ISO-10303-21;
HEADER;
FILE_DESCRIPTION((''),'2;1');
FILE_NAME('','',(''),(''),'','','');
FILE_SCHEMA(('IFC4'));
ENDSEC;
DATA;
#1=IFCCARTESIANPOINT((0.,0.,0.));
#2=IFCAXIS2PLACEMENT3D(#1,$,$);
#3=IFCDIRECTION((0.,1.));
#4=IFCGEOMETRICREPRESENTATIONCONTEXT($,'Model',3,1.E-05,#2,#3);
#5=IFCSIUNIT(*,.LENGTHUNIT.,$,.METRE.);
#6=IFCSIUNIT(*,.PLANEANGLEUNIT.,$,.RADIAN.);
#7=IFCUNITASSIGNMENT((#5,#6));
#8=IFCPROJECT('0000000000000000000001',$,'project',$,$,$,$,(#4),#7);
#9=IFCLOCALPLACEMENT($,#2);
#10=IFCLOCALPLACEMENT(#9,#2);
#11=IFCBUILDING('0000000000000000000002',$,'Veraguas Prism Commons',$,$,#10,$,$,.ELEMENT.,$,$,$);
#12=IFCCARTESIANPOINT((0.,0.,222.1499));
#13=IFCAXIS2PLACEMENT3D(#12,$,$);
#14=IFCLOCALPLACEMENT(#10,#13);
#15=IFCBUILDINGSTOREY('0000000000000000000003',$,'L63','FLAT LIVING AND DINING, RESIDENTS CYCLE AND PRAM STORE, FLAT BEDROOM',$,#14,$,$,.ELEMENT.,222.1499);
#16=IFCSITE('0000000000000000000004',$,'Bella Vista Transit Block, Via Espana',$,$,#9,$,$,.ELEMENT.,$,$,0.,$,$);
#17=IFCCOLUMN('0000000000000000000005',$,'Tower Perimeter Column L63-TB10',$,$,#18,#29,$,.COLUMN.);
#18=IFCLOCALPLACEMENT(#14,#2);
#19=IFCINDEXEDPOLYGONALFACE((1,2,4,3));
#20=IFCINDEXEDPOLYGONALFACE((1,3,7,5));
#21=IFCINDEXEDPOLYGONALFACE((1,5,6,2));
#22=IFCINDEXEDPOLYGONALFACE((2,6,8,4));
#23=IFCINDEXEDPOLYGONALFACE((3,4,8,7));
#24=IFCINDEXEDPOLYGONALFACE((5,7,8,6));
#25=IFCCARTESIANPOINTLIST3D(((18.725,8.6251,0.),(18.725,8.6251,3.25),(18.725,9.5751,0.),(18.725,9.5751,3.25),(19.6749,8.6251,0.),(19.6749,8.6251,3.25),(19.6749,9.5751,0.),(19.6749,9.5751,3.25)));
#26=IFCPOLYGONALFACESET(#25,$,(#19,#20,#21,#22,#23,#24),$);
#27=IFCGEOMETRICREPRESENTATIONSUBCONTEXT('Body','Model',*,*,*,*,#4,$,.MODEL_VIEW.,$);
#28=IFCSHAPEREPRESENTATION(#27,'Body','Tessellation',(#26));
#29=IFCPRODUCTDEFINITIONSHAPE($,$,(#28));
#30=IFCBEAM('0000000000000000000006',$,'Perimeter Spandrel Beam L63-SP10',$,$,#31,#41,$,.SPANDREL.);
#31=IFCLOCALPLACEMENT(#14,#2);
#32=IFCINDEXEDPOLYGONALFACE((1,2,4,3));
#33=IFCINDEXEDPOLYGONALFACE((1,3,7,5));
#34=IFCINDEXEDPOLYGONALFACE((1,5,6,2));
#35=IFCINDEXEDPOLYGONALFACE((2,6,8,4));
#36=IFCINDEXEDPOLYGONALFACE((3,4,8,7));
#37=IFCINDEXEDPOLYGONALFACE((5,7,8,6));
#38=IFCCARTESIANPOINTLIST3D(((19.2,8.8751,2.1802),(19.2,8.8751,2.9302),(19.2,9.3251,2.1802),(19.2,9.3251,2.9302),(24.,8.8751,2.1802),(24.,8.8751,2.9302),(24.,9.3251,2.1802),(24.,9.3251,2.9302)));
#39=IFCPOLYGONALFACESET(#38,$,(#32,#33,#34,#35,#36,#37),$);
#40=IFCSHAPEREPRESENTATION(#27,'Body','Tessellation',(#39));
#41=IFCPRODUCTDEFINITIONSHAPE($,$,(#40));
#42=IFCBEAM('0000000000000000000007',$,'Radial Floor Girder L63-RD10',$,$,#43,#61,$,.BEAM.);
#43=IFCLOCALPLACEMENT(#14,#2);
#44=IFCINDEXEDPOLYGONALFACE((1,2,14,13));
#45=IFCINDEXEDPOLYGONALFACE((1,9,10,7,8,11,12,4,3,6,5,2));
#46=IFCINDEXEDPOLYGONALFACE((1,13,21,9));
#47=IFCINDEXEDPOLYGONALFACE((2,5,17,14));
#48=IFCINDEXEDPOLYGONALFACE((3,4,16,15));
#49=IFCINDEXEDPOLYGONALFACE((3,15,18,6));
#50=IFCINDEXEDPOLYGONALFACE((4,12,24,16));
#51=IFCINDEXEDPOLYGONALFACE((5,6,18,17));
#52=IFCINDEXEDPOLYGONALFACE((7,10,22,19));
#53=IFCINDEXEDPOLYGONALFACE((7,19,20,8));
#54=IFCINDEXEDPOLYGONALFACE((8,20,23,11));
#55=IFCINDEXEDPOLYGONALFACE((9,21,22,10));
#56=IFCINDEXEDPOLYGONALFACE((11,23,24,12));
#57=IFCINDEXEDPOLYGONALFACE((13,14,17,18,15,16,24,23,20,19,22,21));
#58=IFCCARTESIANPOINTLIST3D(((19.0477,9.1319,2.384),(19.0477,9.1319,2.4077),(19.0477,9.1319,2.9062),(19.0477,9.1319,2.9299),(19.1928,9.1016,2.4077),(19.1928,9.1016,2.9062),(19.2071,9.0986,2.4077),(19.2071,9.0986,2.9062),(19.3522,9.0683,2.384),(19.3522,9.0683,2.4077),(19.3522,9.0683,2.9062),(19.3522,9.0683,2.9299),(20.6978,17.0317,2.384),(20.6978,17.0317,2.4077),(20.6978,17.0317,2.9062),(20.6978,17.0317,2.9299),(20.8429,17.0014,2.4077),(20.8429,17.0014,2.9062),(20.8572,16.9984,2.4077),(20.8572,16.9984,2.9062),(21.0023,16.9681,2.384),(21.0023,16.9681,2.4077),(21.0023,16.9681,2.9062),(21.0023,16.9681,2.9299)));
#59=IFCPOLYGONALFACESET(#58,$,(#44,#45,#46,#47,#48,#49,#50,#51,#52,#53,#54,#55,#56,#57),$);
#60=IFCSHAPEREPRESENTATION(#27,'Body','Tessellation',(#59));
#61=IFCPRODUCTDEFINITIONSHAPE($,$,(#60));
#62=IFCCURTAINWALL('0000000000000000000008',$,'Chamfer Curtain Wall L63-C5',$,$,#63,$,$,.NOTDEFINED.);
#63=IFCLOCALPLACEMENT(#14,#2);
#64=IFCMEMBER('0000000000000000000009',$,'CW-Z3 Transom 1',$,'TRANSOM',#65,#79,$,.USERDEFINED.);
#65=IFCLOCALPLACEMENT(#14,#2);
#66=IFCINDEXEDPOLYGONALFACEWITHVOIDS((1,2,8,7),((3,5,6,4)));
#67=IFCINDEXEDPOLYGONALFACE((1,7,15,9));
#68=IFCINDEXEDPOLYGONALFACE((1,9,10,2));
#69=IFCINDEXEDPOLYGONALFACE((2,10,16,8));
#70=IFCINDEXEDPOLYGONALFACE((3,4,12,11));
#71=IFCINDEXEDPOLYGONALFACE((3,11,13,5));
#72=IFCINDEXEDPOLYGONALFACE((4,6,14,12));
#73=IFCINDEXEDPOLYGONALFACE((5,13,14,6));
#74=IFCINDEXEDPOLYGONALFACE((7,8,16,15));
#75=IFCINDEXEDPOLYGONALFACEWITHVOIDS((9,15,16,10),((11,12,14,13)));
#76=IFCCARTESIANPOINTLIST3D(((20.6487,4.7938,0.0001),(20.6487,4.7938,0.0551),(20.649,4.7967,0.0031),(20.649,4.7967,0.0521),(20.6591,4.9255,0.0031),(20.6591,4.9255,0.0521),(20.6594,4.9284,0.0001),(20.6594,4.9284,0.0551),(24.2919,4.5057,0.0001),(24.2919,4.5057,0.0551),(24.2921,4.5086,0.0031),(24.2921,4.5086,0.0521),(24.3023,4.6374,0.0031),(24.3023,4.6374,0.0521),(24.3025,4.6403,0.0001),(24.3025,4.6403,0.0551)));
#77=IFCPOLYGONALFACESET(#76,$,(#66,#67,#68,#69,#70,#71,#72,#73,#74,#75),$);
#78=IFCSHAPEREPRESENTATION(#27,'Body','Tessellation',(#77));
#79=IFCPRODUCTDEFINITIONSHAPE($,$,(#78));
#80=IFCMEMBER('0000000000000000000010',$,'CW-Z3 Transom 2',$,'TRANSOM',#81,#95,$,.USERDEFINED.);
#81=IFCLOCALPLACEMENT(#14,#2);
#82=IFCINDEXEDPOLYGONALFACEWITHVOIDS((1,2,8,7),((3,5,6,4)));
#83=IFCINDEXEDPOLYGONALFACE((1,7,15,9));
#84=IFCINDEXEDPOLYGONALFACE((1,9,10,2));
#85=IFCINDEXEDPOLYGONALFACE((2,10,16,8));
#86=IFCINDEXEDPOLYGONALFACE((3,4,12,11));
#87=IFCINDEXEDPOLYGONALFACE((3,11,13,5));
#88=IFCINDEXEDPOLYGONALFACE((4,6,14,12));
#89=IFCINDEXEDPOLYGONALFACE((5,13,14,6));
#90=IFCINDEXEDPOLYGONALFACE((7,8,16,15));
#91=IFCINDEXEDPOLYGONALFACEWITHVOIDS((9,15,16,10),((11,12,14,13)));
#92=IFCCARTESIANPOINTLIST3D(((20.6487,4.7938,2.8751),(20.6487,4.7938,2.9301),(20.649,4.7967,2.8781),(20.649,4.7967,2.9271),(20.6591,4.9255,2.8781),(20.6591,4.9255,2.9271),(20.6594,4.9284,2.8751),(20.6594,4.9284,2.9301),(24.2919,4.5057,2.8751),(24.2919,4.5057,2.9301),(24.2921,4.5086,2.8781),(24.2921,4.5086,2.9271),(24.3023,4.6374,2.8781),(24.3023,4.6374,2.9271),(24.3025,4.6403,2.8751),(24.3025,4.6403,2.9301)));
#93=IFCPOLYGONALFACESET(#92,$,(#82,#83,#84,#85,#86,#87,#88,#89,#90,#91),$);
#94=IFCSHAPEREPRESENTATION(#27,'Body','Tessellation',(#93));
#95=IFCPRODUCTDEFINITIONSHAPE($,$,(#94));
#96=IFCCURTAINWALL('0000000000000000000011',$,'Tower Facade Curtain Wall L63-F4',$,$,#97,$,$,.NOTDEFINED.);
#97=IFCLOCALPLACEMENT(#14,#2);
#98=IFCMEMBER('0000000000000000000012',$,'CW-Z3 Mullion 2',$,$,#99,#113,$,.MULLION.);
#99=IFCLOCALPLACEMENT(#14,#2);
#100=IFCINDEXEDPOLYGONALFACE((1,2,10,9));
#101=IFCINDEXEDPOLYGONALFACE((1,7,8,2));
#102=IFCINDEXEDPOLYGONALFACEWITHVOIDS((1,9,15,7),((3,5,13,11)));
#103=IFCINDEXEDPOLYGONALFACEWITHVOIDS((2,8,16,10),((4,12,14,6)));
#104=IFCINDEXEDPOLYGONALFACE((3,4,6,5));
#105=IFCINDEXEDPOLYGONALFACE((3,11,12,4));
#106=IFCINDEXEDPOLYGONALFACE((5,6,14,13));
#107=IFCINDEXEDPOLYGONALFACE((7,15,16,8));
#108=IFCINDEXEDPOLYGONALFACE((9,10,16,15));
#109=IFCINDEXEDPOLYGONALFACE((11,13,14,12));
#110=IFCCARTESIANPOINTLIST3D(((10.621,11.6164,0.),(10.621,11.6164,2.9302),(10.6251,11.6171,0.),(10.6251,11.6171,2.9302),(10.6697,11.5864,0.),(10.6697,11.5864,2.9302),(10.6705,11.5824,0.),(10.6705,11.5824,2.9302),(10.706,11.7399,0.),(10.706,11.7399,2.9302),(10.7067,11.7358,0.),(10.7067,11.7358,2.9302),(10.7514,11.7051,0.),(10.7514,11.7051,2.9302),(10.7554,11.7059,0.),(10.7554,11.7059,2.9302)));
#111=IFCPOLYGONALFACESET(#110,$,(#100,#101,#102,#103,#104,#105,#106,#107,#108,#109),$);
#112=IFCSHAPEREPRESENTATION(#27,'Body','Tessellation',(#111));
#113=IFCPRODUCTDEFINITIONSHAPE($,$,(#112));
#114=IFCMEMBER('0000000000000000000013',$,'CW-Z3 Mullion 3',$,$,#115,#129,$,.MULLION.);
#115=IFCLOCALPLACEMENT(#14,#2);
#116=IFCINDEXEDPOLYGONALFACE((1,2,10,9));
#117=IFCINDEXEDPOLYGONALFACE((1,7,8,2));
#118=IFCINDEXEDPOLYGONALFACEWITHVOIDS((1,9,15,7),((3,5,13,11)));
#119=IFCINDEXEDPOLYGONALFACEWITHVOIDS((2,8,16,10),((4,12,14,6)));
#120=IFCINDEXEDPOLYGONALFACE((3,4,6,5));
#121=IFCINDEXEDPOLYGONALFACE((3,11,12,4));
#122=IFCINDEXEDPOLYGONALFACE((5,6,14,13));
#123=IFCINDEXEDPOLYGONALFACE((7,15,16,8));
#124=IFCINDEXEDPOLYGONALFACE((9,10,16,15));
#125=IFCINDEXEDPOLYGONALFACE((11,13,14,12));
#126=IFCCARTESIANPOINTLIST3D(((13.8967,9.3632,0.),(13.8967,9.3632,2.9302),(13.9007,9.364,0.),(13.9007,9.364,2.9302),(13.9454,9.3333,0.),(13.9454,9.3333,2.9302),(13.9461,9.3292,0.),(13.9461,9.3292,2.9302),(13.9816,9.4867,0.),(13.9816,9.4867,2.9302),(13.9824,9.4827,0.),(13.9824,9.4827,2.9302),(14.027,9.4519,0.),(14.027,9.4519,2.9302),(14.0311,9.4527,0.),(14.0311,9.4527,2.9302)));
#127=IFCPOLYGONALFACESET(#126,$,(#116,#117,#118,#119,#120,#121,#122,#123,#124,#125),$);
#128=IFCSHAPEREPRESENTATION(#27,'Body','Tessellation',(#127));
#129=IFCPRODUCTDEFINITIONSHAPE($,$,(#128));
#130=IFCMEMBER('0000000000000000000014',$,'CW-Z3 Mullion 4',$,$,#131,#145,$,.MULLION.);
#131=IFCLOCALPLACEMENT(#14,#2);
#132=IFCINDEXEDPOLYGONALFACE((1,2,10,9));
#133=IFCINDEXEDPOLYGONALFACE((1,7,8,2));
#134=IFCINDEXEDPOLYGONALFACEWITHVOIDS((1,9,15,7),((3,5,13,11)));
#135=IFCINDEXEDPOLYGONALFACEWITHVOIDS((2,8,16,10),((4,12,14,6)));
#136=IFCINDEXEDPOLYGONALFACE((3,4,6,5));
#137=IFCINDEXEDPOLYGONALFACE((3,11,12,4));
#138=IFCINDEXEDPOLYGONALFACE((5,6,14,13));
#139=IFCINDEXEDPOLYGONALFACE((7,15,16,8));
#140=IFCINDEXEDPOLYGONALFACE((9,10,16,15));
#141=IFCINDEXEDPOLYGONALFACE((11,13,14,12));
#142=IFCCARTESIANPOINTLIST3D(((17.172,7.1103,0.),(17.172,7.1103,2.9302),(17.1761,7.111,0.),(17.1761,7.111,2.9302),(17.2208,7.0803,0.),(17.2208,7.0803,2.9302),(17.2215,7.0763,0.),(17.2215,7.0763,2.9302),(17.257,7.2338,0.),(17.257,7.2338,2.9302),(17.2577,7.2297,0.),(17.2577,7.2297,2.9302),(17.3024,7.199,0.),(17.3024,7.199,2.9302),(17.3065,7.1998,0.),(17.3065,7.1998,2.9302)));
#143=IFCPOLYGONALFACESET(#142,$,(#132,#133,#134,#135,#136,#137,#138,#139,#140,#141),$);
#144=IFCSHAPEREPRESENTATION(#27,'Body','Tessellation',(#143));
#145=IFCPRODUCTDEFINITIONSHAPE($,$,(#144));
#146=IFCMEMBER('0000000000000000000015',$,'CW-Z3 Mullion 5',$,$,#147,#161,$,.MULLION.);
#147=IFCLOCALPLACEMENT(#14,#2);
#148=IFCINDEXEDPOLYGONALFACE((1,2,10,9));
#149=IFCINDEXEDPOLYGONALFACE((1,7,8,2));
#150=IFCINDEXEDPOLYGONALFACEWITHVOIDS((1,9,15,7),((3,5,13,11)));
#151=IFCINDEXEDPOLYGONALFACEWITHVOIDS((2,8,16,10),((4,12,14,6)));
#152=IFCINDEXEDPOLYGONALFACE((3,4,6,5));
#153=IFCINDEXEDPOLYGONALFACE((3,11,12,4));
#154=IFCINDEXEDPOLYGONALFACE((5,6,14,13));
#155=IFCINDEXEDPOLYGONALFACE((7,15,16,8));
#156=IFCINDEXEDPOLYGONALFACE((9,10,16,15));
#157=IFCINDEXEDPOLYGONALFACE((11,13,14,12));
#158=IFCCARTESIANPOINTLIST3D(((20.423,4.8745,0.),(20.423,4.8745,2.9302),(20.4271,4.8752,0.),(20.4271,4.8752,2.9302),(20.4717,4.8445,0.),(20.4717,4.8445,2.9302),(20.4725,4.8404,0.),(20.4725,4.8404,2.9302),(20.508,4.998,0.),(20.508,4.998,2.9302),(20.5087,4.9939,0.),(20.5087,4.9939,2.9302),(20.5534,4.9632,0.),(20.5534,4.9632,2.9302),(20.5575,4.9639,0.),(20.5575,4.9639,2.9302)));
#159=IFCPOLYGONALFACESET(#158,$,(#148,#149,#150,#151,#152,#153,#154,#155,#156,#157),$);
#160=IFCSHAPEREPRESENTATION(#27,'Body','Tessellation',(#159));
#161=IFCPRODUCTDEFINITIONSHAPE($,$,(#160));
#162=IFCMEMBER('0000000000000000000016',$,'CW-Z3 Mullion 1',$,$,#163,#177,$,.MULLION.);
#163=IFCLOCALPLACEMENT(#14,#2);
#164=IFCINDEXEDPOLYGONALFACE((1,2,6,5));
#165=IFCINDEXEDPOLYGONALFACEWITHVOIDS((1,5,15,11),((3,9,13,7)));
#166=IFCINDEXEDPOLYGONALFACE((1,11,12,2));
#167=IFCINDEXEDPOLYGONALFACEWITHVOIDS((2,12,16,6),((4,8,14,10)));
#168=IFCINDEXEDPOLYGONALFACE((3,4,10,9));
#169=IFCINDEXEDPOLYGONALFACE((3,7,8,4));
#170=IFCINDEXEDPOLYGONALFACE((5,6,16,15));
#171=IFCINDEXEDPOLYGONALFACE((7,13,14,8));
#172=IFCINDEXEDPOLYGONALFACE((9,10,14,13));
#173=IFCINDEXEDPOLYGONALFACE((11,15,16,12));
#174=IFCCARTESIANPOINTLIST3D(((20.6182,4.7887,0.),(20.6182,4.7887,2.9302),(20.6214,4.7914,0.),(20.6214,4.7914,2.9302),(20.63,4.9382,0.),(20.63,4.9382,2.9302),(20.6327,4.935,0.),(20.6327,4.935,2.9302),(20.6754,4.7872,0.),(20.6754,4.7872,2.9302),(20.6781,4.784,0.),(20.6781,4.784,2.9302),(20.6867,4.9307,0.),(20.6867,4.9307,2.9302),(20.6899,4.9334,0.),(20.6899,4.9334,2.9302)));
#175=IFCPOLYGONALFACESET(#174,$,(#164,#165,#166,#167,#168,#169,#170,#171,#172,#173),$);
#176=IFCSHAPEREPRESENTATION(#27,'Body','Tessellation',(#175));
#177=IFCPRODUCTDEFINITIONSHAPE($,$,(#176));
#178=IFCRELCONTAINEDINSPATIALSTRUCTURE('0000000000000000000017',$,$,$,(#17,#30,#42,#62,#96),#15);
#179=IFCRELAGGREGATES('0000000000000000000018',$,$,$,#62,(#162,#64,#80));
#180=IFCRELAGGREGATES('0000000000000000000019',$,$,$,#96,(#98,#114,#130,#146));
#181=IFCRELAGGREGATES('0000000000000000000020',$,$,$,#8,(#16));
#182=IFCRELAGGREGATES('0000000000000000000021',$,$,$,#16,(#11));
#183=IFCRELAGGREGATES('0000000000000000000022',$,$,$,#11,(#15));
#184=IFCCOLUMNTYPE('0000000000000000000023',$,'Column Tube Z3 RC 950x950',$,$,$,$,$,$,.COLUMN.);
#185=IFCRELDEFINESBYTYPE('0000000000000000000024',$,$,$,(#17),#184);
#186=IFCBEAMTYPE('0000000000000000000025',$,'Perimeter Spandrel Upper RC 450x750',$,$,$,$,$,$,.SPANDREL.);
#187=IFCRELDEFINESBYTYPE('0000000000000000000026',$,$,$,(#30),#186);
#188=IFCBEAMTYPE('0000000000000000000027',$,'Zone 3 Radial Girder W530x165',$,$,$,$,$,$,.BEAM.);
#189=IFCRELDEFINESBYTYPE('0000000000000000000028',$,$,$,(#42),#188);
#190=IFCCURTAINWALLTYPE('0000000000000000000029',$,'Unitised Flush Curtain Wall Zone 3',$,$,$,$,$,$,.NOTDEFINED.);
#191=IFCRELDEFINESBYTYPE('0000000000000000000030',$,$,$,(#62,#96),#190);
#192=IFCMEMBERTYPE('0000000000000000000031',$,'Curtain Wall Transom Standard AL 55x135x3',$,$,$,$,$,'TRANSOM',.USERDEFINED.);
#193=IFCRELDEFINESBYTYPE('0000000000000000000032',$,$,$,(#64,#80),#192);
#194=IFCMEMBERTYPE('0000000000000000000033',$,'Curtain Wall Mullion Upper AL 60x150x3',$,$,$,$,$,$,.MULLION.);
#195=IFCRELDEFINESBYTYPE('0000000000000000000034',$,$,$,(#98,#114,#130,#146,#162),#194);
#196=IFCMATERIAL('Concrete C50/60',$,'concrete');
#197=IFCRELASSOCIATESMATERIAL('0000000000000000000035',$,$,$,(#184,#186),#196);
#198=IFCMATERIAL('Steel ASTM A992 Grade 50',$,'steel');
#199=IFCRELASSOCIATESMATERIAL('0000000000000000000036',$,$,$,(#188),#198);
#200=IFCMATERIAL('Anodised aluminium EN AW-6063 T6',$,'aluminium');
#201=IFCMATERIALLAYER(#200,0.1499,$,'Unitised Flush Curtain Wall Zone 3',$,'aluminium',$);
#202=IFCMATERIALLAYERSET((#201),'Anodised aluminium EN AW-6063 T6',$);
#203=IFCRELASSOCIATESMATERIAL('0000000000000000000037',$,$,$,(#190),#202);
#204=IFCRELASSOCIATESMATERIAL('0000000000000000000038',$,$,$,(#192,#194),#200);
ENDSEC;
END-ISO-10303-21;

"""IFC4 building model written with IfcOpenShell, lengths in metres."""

from ifc_helpers import new_model, si_unit, direction, frame, origin, origin_2d, place, context, subcontext, project, spatial, rectangle, hollow_rectangle, i_section, extrude, source, transform, mapped, material, layer, layer_set, material_profile, profile_set, type_object, element, aggregate, save


model = new_model("IFC4")

# Units and contexts
model_context = context("Model", 3, precision=1e-05, world=origin(), true_north=direction((0.0, 1.0)))
body_context = subcontext(model_context, "Body", "Model", "MODEL_VIEW")
ifc_project = project(units=[si_unit("LENGTHUNIT", "METRE"), si_unit("PLANEANGLEUNIT", "RADIAN")], contexts=[model_context])

# Site, building, storey
site_placement = place(None, origin())
site = spatial("IfcSite", under=ifc_project, at=site_placement, Name="Bella Vista Transit Block, Via Espana", CompositionType="ELEMENT", RefElevation=0.0)
building_placement = place(site_placement, origin())
building = spatial("IfcBuilding", under=site, at=building_placement, Name="Veraguas Prism Commons", CompositionType="ELEMENT")
storey_placement = place(building_placement, frame((0.0, 0.0, 222.1499)))
storey = spatial("IfcBuildingStorey", under=building, at=storey_placement, Name="L63", Description="FLAT LIVING AND DINING, RESIDENTS CYCLE AND PRAM STORE, FLAT BEDROOM", CompositionType="ELEMENT", Elevation=222.1499)

# Column
ifc_material_1 = material(Name="Concrete C50/60", Category="concrete")
ifc_material_profile_1 = material_profile(ifc_material_1, rectangle(XDim=0.95, YDim=0.95, at=origin_2d()), Name="RC950X950")
ifc_profile_set_1 = profile_set([ifc_material_profile_1], Name="Concrete C50/60")
column_type = type_object("IfcColumnType", Name="Column Tube Z3 RC 950x950", PredefinedType="COLUMN", material=ifc_profile_set_1)
column_placement = place(storey_placement, frame((19.2, 9.1001, 0.0), z_axis=(0.0, 0.0, 1.0), x_axis=(1.0, 0.0, 0.0)))
element("IfcColumn", 1, at=column_placement, inside=storey, type_object=column_type, Name="Tower Perimeter Column L63-TB10", PredefinedType="COLUMN", context=body_context, shape_type="SweptSolid", body=[
    extrude(rectangle(XDim=0.95, YDim=0.95, at=origin_2d()), origin(), (0.0, 0.0, 1.0), 3.25),
])

# Beams
ifc_material_profile_2 = material_profile(ifc_material_1, rectangle(XDim=0.45, YDim=0.75, at=origin_2d()), Name="RC450X750")
ifc_profile_set_2 = profile_set([ifc_material_profile_2], Name="Concrete C50/60")
beam_type_1 = type_object("IfcBeamType", Name="Perimeter Spandrel Upper RC 450x750", PredefinedType="SPANDREL", material=ifc_profile_set_2)
beam_1_placement = place(storey_placement, frame((19.2, 9.1001, 2.5552), z_axis=(1.0, 0.0, 0.0), x_axis=(0.0, 1.0, 0.0)))
element("IfcBeam", 2, at=beam_1_placement, inside=storey, type_object=beam_type_1, Name="Perimeter Spandrel Beam L63-SP10", PredefinedType="SPANDREL", context=body_context, shape_type="SweptSolid", body=[
    extrude(rectangle(XDim=0.45, YDim=0.75, at=origin_2d()), origin(), (0.0, 0.0, 1.0), 4.8),
])
ifc_material_2 = material(Name="Steel ASTM A992 Grade 50", Category="steel")
ifc_material_profile_3 = material_profile(ifc_material_2, i_section(OverallWidth=0.311, OverallDepth=0.5459, WebThickness=0.0146, FlangeThickness=0.0237, at=origin_2d()), Name="W530X165")
ifc_profile_set_3 = profile_set([ifc_material_profile_3], Name="Steel ASTM A992 Grade 50")
beam_type_2 = type_object("IfcBeamType", Name="Zone 3 Radial Girder W530x165", PredefinedType="BEAM", material=ifc_profile_set_3)
beam_2_placement = place(storey_placement, frame((19.2, 9.1001, 2.657), z_axis=(0.204469, 0.978873, 0.0), x_axis=(-0.978873, 0.204469, 0.0)))
element("IfcBeam", 3, at=beam_2_placement, inside=storey, type_object=beam_type_2, Name="Radial Floor Girder L63-RD10", PredefinedType="BEAM", context=body_context, shape_type="SweptSolid", body=[
    extrude(i_section(OverallWidth=0.311, OverallDepth=0.5459, WebThickness=0.0146, FlangeThickness=0.0237, at=origin_2d()), origin(), (0.0, 0.0, 1.0), 8.0703),
])

# Curtain walls, members
ifc_material_3 = material(Name="Anodised aluminium EN AW-6063 T6", Category="aluminium")
ifc_layer_1 = layer(ifc_material_3, 0.1499, Name="Unitised Flush Curtain Wall Zone 3", Category="aluminium")
ifc_layer_set_1 = layer_set([ifc_layer_1], Name="Anodised aluminium EN AW-6063 T6")
curtain_wall_type = type_object("IfcCurtainWallType", Name="Unitised Flush Curtain Wall Zone 3", PredefinedType="NOTDEFINED", material=ifc_layer_set_1)
curtain_wall_1_placement = place(storey_placement, origin())
curtain_wall_1 = element("IfcCurtainWall", 4, at=curtain_wall_1_placement, inside=storey, type_object=curtain_wall_type, Name="Chamfer Curtain Wall L63-C5", PredefinedType="NOTDEFINED")
ifc_material_profile_4 = material_profile(ifc_material_3, hollow_rectangle(XDim=0.0549, YDim=0.135, WallThickness=0.0029, at=origin_2d()), Name="AL55X135X3")
ifc_profile_set_4 = profile_set([ifc_material_profile_4], Name="Anodised aluminium EN AW-6063 T6")
member_type_1 = type_object("IfcMemberType", Name="Curtain Wall Transom Standard AL 55x135x3", ElementType="TRANSOM", PredefinedType="USERDEFINED", material=ifc_profile_set_4)
shared_shape_1 = source(origin(), body_context, "Body", "SweptSolid", [
    extrude(hollow_rectangle(XDim=0.0549, YDim=0.135, WallThickness=0.0029, at=origin_2d()), origin(), (0.0, 0.0, 1.0), 3.6545),
])
member_1_placement = place(storey_placement, frame((20.6541, 4.8611, 0.0276), z_axis=(0.996888, -0.078832, 0.0), x_axis=(0.0, 0.0, 1.0)))
member_1 = element("IfcMember", 5, at=member_1_placement, type_object=member_type_1, Name="CW-Z3 Transom 1", ObjectType="TRANSOM", PredefinedType="USERDEFINED", context=body_context, shape_type="MappedRepresentation", body=[
    mapped(shared_shape_1, transform((0.0, 0.0, 0.0), scale=1.0)),
])
member_2_placement = place(storey_placement, frame((20.6541, 4.8611, 2.9026), z_axis=(0.996888, -0.078832, 0.0), x_axis=(0.0, 0.0, 1.0)))
member_2 = element("IfcMember", 6, at=member_2_placement, type_object=member_type_1, Name="CW-Z3 Transom 2", ObjectType="TRANSOM", PredefinedType="USERDEFINED", context=body_context, shape_type="MappedRepresentation", body=[
    mapped(shared_shape_1, transform((0.0, 0.0, 0.0), scale=1.0)),
])
curtain_wall_2_placement = place(storey_placement, origin())
curtain_wall_2 = element("IfcCurtainWall", 7, at=curtain_wall_2_placement, inside=storey, type_object=curtain_wall_type, Name="Tower Facade Curtain Wall L63-F4", PredefinedType="NOTDEFINED")
ifc_material_profile_5 = material_profile(ifc_material_3, hollow_rectangle(XDim=0.0601, YDim=0.1499, WallThickness=0.0029, at=origin_2d()), Name="AL60X150X3")
ifc_profile_set_5 = profile_set([ifc_material_profile_5], Name="Anodised aluminium EN AW-6063 T6")
member_type_2 = type_object("IfcMemberType", Name="Curtain Wall Mullion Upper AL 60x150x3", PredefinedType="MULLION", material=ifc_profile_set_5)
shared_shape_2 = source(origin(), body_context, "Body", "SweptSolid", [
    extrude(hollow_rectangle(XDim=0.0601, YDim=0.1499, WallThickness=0.0029, at=origin_2d()), origin(), (0.0, 0.0, 1.0), 2.9302),
])
member_3_placement = place(storey_placement, frame((10.6882, 11.6611, 0.0), z_axis=(0.0, 0.0, 1.0), x_axis=(0.823926, -0.566697, 0.0)))
member_3 = element("IfcMember", 8, at=member_3_placement, type_object=member_type_2, Name="CW-Z3 Mullion 2", PredefinedType="MULLION", context=body_context, shape_type="MappedRepresentation", body=[
    mapped(shared_shape_2, transform((0.0, 0.0, 0.0), scale=1.0)),
])
member_4_placement = place(storey_placement, frame((13.9639, 9.408, 0.0), z_axis=(0.0, 0.0, 1.0), x_axis=(0.823926, -0.566697, 0.0)))
member_4 = element("IfcMember", 9, at=member_4_placement, type_object=member_type_2, Name="CW-Z3 Mullion 3", PredefinedType="MULLION", context=body_context, shape_type="MappedRepresentation", body=[
    mapped(shared_shape_2, transform((0.0, 0.0, 0.0), scale=1.0)),
])
member_5_placement = place(storey_placement, frame((17.2393, 7.155, 0.0), z_axis=(0.0, 0.0, 1.0), x_axis=(0.823926, -0.566697, 0.0)))
member_5 = element("IfcMember", 10, at=member_5_placement, type_object=member_type_2, Name="CW-Z3 Mullion 4", PredefinedType="MULLION", context=body_context, shape_type="MappedRepresentation", body=[
    mapped(shared_shape_2, transform((0.0, 0.0, 0.0), scale=1.0)),
])
member_6_placement = place(storey_placement, frame((20.4902, 4.9192, 0.0), z_axis=(0.0, 0.0, 1.0), x_axis=(0.823926, -0.566697, 0.0)))
member_6 = element("IfcMember", 11, at=member_6_placement, type_object=member_type_2, Name="CW-Z3 Mullion 5", PredefinedType="MULLION", context=body_context, shape_type="MappedRepresentation", body=[
    mapped(shared_shape_2, transform((0.0, 0.0, 0.0), scale=1.0)),
])

# Member
member_7_placement = place(storey_placement, frame((20.6541, 4.8611, 0.0), z_axis=(0.0, 0.0, 1.0), x_axis=(0.99689, -0.0788, 0.0)))
member_7 = element("IfcMember", 12, at=member_7_placement, type_object=member_type_2, Name="CW-Z3 Mullion 1", PredefinedType="MULLION", context=body_context, shape_type="MappedRepresentation", body=[
    mapped(shared_shape_2, transform((0.0, 0.0, 0.0), scale=1.0)),
])
aggregate(curtain_wall_1, [member_7, member_1, member_2])

aggregate(curtain_wall_2, [member_3, member_4, member_5, member_6])

save(model, "model.ifc")
